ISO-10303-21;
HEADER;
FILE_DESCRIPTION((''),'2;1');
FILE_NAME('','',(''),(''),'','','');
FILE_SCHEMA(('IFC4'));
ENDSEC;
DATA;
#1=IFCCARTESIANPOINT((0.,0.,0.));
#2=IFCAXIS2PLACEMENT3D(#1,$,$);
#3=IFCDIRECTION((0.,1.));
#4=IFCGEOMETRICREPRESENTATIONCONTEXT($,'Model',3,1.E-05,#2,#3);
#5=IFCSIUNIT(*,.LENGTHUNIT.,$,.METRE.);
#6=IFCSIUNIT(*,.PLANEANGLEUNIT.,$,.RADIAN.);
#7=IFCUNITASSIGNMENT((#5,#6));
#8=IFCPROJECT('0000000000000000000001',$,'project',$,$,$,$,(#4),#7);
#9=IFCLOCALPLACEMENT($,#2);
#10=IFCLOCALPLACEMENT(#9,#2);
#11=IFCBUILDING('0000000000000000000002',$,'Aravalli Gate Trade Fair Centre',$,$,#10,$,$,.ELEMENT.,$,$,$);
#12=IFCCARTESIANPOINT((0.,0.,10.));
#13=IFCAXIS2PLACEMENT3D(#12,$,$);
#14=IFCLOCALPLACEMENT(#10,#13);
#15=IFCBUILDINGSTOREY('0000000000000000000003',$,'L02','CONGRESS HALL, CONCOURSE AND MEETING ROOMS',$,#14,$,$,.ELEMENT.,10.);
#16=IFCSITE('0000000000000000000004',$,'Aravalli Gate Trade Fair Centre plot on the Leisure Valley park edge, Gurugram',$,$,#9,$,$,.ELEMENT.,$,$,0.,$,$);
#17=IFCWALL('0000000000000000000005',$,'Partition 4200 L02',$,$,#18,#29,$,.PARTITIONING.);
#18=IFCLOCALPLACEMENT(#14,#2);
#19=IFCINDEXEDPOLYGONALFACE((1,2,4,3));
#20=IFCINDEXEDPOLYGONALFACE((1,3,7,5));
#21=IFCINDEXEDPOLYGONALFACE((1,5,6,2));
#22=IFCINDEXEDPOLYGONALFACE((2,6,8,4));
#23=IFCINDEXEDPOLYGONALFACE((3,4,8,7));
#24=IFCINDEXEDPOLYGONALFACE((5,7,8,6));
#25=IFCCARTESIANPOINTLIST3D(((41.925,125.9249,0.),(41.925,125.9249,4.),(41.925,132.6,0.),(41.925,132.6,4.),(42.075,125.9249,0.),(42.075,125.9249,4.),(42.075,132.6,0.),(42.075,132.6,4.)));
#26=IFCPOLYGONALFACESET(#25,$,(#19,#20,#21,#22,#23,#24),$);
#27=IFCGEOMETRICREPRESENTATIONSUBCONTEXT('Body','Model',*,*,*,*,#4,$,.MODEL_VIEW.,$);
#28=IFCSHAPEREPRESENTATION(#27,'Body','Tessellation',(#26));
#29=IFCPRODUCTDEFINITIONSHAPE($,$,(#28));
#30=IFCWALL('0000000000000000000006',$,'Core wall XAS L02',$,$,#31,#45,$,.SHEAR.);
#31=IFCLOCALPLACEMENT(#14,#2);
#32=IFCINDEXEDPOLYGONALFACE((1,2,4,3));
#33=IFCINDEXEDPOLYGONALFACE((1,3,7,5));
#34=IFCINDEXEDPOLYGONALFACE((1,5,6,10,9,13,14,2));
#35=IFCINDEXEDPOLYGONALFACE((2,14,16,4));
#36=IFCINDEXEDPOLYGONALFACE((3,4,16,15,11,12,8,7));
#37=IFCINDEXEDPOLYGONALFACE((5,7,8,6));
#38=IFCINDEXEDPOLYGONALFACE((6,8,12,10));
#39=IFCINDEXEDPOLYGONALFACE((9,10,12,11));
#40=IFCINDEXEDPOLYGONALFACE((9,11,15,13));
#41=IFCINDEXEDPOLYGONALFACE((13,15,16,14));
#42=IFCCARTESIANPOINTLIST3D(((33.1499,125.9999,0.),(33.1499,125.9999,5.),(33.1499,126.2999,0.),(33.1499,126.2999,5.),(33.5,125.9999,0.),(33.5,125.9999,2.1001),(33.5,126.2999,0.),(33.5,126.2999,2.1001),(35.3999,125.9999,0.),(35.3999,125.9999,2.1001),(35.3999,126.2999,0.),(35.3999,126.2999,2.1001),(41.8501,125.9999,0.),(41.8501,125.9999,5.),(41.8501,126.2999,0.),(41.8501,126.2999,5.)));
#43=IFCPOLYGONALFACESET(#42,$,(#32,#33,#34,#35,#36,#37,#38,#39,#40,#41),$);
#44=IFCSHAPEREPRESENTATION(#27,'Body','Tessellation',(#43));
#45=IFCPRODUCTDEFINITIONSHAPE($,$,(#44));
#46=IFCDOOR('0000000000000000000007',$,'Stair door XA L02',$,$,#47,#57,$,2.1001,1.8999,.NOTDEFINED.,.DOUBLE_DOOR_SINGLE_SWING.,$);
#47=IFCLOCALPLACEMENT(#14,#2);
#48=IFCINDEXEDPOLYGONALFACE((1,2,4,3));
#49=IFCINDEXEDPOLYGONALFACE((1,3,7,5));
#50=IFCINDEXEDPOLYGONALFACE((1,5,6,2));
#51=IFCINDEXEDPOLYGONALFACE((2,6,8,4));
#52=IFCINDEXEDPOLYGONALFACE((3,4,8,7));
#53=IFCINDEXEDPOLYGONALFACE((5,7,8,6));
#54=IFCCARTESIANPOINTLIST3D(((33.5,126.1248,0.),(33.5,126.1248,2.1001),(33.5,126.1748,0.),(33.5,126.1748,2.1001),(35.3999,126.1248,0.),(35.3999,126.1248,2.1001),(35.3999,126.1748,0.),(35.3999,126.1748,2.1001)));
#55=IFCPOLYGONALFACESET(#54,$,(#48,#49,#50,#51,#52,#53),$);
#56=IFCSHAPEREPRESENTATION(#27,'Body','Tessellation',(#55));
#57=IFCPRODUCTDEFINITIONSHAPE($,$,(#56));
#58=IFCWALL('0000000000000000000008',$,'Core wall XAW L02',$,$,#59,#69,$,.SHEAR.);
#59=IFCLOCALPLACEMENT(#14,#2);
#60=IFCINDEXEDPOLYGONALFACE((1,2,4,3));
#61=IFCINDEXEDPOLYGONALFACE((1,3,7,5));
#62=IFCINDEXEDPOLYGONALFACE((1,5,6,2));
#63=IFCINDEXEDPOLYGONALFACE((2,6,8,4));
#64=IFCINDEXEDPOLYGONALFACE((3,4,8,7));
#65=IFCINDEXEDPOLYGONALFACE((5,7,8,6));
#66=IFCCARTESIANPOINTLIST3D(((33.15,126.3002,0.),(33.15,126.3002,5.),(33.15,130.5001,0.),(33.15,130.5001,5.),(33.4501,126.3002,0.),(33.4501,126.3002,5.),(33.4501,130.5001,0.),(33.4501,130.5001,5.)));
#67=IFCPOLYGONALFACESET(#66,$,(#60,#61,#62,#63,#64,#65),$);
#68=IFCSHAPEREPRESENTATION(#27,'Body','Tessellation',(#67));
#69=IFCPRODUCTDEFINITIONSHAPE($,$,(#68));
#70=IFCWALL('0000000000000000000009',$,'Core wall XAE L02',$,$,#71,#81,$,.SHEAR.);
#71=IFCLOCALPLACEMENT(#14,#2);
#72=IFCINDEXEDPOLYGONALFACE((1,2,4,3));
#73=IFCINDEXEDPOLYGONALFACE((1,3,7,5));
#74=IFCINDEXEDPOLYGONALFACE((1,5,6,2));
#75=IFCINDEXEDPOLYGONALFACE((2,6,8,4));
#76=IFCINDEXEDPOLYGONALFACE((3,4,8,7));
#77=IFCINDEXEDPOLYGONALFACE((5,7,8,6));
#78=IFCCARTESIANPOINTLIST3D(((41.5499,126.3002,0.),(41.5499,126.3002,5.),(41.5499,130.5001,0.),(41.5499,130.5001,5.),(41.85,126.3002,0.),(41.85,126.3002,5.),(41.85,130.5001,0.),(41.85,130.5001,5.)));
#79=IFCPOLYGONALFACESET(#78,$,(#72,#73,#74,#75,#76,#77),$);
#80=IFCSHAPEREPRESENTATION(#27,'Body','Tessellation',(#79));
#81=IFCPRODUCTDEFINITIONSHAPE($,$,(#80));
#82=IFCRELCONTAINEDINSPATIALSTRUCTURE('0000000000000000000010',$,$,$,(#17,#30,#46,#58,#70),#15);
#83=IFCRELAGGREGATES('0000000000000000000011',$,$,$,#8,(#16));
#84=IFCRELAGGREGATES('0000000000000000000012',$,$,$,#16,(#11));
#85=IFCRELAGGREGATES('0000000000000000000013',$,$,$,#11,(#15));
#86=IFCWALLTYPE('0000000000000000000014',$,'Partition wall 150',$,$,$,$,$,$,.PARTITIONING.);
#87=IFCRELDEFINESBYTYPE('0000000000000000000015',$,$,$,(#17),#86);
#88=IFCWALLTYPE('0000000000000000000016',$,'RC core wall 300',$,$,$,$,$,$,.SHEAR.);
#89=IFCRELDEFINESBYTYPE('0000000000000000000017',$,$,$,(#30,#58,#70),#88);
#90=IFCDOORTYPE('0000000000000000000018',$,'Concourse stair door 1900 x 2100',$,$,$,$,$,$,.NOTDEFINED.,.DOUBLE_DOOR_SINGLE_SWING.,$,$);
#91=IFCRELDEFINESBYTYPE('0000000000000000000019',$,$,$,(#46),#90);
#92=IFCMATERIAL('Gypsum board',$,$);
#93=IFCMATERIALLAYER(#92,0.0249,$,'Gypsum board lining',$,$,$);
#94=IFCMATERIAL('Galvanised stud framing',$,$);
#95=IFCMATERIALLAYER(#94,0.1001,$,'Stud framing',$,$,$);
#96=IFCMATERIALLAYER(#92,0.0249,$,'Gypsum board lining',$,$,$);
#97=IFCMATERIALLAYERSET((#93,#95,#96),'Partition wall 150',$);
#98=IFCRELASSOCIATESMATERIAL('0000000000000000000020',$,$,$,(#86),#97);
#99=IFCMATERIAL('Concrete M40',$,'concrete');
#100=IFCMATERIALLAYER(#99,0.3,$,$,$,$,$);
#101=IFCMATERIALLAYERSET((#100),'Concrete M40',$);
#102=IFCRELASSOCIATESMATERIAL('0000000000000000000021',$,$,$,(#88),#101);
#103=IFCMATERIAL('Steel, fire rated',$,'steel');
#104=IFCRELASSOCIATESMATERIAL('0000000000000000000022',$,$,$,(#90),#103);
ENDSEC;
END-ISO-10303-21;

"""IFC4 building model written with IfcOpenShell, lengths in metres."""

from ifc_helpers import new_model, si_unit, direction, frame, frame_2d, origin, place, context, subcontext, project, spatial, rectangle, extrude, material, layer, layer_set, type_object, element, fill, save


model = new_model("IFC4")

# Units and contexts
model_context = context("Model", 3, precision=1e-05, world=origin(), true_north=direction((0.0, 1.0)))
body_context = subcontext(model_context, "Body", "Model", "MODEL_VIEW")
ifc_project = project(units=[si_unit("LENGTHUNIT", "METRE"), si_unit("PLANEANGLEUNIT", "RADIAN")], contexts=[model_context])

# Site, building, storey
site_placement = place(None, origin())
site = spatial("IfcSite", under=ifc_project, at=site_placement, Name="Aravalli Gate Trade Fair Centre plot on the Leisure Valley park edge, Gurugram", CompositionType="ELEMENT", RefElevation=0.0)
building_placement = place(site_placement, origin())
building = spatial("IfcBuilding", under=site, at=building_placement, Name="Aravalli Gate Trade Fair Centre", CompositionType="ELEMENT")
storey_placement = place(building_placement, frame((0.0, 0.0, 10.0)))
storey = spatial("IfcBuildingStorey", under=building, at=storey_placement, Name="L02", Description="CONGRESS HALL, CONCOURSE AND MEETING ROOMS", CompositionType="ELEMENT", Elevation=10.0)

# Shared definitions
ifc_material_1 = material(Name="Gypsum board")
ifc_layer_1 = layer(ifc_material_1, 0.0249, Name="Gypsum board lining")
ifc_material_2 = material(Name="Galvanised stud framing")
ifc_layer_2 = layer(ifc_material_2, 0.1001, Name="Stud framing")
ifc_layer_3 = layer(ifc_material_1, 0.0249, Name="Gypsum board lining")
ifc_layer_set_1 = layer_set([ifc_layer_1, ifc_layer_2, ifc_layer_3], Name="Partition wall 150")
wall_type_1 = type_object("IfcWallType", Name="Partition wall 150", PredefinedType="PARTITIONING", material=ifc_layer_set_1)
ifc_material_3 = material(Name="Steel, fire rated", Category="steel")

# Wall
wall_1_placement = place(storey_placement, frame((42.0, 125.925, 0.0), z_axis=(0.0, 0.0, 1.0), x_axis=(0.0, 1.0, 0.0)))
element("IfcWall", 1, at=wall_1_placement, inside=storey, type_object=wall_type_1, Name="Partition 4200 L02", PredefinedType="PARTITIONING", context=body_context, shape_type="SweptSolid", body=[
    extrude(rectangle(XDim=6.675, YDim=0.1499, at=frame_2d((3.3374, 0.0))), origin(), (0.0, 0.0, 1.0), 4.0),
])

# Wall, opening, door
ifc_material_4 = material(Name="Concrete M40", Category="concrete")
ifc_layer_4 = layer(ifc_material_4, 0.3)
ifc_layer_set_2 = layer_set([ifc_layer_4], Name="Concrete M40")
wall_type_2 = type_object("IfcWallType", Name="RC core wall 300", PredefinedType="SHEAR", material=ifc_layer_set_2)
wall_2_placement = place(storey_placement, frame((33.1499, 126.1499, 0.0), z_axis=(0.0, 0.0, 1.0), x_axis=(1.0, 0.0, 0.0)))
wall_2 = element("IfcWall", 2, at=wall_2_placement, inside=storey, type_object=wall_type_2, Name="Core wall XAS L02", PredefinedType="SHEAR", context=body_context, shape_type="SweptSolid", body=[
    extrude(rectangle(XDim=8.7002, YDim=0.3, at=frame_2d((4.3501, 0.0))), origin(), (0.0, 0.0, 1.0), 5.0),
])
opening_1_placement = place(wall_2_placement, frame((0.3501, 0.0, 0.0)))
opening_1 = element("IfcOpeningElement", 3, at=opening_1_placement, cuts=wall_2, PredefinedType="OPENING", context=body_context, shape_type="SweptSolid", body=[
    extrude(rectangle(XDim=1.8999, YDim=2.1001, at=frame_2d((0.95, 1.05))), frame((0.0, 0.1599, 0.0), z_axis=(0.0, -1.0, 0.0), x_axis=(1.0, 0.0, 0.0)), (0.0, 0.0, 1.0), 0.3201),
])
door_type_1 = type_object("IfcDoorType", Name="Concourse stair door 1900 x 2100", OperationType="DOUBLE_DOOR_SINGLE_SWING", PredefinedType="NOTDEFINED", material=ifc_material_3)
door_1_placement = place(opening_1_placement, origin())
door_1 = element("IfcDoor", 4, at=door_1_placement, inside=storey, type_object=door_type_1, Name="Stair door XA L02", OperationType="DOUBLE_DOOR_SINGLE_SWING", OverallHeight=2.1001, OverallWidth=1.8999, PredefinedType="NOTDEFINED", context=body_context, shape_type="SweptSolid", body=[
    extrude(rectangle(XDim=1.8999, YDim=2.1001, at=frame_2d((0.95, 1.05))), frame((0.0, 0.0249, 0.0), z_axis=(0.0, -1.0, 0.0), x_axis=(1.0, 0.0, 0.0)), (0.0, 0.0, 1.0), 0.05),
])
fill(opening_1, door_1)

# Walls
for number, where, z_axis, x_axis, name in (
    (5, (33.3, 126.3, 0.0), (0.0, 0.0, 1.0), (0.0, 1.0, 0.0), "Core wall XAW L02"),
    (6, (41.7, 126.3, 0.0), (0.0, 0.0, 1.0), (0.0, 1.0, 0.0), "Core wall XAE L02"),
):
    element("IfcWall", number, at=place(storey_placement, frame(where, z_axis=z_axis, x_axis=x_axis)), inside=storey, type_object=wall_type_2, Name=name, PredefinedType="SHEAR", context=body_context, shape_type="SweptSolid", body=[
        extrude(rectangle(XDim=4.2, YDim=0.3, at=frame_2d((2.1001, 0.0))), origin(), (0.0, 0.0, 1.0), 5.0),
    ])

save(model, "model.ifc")
